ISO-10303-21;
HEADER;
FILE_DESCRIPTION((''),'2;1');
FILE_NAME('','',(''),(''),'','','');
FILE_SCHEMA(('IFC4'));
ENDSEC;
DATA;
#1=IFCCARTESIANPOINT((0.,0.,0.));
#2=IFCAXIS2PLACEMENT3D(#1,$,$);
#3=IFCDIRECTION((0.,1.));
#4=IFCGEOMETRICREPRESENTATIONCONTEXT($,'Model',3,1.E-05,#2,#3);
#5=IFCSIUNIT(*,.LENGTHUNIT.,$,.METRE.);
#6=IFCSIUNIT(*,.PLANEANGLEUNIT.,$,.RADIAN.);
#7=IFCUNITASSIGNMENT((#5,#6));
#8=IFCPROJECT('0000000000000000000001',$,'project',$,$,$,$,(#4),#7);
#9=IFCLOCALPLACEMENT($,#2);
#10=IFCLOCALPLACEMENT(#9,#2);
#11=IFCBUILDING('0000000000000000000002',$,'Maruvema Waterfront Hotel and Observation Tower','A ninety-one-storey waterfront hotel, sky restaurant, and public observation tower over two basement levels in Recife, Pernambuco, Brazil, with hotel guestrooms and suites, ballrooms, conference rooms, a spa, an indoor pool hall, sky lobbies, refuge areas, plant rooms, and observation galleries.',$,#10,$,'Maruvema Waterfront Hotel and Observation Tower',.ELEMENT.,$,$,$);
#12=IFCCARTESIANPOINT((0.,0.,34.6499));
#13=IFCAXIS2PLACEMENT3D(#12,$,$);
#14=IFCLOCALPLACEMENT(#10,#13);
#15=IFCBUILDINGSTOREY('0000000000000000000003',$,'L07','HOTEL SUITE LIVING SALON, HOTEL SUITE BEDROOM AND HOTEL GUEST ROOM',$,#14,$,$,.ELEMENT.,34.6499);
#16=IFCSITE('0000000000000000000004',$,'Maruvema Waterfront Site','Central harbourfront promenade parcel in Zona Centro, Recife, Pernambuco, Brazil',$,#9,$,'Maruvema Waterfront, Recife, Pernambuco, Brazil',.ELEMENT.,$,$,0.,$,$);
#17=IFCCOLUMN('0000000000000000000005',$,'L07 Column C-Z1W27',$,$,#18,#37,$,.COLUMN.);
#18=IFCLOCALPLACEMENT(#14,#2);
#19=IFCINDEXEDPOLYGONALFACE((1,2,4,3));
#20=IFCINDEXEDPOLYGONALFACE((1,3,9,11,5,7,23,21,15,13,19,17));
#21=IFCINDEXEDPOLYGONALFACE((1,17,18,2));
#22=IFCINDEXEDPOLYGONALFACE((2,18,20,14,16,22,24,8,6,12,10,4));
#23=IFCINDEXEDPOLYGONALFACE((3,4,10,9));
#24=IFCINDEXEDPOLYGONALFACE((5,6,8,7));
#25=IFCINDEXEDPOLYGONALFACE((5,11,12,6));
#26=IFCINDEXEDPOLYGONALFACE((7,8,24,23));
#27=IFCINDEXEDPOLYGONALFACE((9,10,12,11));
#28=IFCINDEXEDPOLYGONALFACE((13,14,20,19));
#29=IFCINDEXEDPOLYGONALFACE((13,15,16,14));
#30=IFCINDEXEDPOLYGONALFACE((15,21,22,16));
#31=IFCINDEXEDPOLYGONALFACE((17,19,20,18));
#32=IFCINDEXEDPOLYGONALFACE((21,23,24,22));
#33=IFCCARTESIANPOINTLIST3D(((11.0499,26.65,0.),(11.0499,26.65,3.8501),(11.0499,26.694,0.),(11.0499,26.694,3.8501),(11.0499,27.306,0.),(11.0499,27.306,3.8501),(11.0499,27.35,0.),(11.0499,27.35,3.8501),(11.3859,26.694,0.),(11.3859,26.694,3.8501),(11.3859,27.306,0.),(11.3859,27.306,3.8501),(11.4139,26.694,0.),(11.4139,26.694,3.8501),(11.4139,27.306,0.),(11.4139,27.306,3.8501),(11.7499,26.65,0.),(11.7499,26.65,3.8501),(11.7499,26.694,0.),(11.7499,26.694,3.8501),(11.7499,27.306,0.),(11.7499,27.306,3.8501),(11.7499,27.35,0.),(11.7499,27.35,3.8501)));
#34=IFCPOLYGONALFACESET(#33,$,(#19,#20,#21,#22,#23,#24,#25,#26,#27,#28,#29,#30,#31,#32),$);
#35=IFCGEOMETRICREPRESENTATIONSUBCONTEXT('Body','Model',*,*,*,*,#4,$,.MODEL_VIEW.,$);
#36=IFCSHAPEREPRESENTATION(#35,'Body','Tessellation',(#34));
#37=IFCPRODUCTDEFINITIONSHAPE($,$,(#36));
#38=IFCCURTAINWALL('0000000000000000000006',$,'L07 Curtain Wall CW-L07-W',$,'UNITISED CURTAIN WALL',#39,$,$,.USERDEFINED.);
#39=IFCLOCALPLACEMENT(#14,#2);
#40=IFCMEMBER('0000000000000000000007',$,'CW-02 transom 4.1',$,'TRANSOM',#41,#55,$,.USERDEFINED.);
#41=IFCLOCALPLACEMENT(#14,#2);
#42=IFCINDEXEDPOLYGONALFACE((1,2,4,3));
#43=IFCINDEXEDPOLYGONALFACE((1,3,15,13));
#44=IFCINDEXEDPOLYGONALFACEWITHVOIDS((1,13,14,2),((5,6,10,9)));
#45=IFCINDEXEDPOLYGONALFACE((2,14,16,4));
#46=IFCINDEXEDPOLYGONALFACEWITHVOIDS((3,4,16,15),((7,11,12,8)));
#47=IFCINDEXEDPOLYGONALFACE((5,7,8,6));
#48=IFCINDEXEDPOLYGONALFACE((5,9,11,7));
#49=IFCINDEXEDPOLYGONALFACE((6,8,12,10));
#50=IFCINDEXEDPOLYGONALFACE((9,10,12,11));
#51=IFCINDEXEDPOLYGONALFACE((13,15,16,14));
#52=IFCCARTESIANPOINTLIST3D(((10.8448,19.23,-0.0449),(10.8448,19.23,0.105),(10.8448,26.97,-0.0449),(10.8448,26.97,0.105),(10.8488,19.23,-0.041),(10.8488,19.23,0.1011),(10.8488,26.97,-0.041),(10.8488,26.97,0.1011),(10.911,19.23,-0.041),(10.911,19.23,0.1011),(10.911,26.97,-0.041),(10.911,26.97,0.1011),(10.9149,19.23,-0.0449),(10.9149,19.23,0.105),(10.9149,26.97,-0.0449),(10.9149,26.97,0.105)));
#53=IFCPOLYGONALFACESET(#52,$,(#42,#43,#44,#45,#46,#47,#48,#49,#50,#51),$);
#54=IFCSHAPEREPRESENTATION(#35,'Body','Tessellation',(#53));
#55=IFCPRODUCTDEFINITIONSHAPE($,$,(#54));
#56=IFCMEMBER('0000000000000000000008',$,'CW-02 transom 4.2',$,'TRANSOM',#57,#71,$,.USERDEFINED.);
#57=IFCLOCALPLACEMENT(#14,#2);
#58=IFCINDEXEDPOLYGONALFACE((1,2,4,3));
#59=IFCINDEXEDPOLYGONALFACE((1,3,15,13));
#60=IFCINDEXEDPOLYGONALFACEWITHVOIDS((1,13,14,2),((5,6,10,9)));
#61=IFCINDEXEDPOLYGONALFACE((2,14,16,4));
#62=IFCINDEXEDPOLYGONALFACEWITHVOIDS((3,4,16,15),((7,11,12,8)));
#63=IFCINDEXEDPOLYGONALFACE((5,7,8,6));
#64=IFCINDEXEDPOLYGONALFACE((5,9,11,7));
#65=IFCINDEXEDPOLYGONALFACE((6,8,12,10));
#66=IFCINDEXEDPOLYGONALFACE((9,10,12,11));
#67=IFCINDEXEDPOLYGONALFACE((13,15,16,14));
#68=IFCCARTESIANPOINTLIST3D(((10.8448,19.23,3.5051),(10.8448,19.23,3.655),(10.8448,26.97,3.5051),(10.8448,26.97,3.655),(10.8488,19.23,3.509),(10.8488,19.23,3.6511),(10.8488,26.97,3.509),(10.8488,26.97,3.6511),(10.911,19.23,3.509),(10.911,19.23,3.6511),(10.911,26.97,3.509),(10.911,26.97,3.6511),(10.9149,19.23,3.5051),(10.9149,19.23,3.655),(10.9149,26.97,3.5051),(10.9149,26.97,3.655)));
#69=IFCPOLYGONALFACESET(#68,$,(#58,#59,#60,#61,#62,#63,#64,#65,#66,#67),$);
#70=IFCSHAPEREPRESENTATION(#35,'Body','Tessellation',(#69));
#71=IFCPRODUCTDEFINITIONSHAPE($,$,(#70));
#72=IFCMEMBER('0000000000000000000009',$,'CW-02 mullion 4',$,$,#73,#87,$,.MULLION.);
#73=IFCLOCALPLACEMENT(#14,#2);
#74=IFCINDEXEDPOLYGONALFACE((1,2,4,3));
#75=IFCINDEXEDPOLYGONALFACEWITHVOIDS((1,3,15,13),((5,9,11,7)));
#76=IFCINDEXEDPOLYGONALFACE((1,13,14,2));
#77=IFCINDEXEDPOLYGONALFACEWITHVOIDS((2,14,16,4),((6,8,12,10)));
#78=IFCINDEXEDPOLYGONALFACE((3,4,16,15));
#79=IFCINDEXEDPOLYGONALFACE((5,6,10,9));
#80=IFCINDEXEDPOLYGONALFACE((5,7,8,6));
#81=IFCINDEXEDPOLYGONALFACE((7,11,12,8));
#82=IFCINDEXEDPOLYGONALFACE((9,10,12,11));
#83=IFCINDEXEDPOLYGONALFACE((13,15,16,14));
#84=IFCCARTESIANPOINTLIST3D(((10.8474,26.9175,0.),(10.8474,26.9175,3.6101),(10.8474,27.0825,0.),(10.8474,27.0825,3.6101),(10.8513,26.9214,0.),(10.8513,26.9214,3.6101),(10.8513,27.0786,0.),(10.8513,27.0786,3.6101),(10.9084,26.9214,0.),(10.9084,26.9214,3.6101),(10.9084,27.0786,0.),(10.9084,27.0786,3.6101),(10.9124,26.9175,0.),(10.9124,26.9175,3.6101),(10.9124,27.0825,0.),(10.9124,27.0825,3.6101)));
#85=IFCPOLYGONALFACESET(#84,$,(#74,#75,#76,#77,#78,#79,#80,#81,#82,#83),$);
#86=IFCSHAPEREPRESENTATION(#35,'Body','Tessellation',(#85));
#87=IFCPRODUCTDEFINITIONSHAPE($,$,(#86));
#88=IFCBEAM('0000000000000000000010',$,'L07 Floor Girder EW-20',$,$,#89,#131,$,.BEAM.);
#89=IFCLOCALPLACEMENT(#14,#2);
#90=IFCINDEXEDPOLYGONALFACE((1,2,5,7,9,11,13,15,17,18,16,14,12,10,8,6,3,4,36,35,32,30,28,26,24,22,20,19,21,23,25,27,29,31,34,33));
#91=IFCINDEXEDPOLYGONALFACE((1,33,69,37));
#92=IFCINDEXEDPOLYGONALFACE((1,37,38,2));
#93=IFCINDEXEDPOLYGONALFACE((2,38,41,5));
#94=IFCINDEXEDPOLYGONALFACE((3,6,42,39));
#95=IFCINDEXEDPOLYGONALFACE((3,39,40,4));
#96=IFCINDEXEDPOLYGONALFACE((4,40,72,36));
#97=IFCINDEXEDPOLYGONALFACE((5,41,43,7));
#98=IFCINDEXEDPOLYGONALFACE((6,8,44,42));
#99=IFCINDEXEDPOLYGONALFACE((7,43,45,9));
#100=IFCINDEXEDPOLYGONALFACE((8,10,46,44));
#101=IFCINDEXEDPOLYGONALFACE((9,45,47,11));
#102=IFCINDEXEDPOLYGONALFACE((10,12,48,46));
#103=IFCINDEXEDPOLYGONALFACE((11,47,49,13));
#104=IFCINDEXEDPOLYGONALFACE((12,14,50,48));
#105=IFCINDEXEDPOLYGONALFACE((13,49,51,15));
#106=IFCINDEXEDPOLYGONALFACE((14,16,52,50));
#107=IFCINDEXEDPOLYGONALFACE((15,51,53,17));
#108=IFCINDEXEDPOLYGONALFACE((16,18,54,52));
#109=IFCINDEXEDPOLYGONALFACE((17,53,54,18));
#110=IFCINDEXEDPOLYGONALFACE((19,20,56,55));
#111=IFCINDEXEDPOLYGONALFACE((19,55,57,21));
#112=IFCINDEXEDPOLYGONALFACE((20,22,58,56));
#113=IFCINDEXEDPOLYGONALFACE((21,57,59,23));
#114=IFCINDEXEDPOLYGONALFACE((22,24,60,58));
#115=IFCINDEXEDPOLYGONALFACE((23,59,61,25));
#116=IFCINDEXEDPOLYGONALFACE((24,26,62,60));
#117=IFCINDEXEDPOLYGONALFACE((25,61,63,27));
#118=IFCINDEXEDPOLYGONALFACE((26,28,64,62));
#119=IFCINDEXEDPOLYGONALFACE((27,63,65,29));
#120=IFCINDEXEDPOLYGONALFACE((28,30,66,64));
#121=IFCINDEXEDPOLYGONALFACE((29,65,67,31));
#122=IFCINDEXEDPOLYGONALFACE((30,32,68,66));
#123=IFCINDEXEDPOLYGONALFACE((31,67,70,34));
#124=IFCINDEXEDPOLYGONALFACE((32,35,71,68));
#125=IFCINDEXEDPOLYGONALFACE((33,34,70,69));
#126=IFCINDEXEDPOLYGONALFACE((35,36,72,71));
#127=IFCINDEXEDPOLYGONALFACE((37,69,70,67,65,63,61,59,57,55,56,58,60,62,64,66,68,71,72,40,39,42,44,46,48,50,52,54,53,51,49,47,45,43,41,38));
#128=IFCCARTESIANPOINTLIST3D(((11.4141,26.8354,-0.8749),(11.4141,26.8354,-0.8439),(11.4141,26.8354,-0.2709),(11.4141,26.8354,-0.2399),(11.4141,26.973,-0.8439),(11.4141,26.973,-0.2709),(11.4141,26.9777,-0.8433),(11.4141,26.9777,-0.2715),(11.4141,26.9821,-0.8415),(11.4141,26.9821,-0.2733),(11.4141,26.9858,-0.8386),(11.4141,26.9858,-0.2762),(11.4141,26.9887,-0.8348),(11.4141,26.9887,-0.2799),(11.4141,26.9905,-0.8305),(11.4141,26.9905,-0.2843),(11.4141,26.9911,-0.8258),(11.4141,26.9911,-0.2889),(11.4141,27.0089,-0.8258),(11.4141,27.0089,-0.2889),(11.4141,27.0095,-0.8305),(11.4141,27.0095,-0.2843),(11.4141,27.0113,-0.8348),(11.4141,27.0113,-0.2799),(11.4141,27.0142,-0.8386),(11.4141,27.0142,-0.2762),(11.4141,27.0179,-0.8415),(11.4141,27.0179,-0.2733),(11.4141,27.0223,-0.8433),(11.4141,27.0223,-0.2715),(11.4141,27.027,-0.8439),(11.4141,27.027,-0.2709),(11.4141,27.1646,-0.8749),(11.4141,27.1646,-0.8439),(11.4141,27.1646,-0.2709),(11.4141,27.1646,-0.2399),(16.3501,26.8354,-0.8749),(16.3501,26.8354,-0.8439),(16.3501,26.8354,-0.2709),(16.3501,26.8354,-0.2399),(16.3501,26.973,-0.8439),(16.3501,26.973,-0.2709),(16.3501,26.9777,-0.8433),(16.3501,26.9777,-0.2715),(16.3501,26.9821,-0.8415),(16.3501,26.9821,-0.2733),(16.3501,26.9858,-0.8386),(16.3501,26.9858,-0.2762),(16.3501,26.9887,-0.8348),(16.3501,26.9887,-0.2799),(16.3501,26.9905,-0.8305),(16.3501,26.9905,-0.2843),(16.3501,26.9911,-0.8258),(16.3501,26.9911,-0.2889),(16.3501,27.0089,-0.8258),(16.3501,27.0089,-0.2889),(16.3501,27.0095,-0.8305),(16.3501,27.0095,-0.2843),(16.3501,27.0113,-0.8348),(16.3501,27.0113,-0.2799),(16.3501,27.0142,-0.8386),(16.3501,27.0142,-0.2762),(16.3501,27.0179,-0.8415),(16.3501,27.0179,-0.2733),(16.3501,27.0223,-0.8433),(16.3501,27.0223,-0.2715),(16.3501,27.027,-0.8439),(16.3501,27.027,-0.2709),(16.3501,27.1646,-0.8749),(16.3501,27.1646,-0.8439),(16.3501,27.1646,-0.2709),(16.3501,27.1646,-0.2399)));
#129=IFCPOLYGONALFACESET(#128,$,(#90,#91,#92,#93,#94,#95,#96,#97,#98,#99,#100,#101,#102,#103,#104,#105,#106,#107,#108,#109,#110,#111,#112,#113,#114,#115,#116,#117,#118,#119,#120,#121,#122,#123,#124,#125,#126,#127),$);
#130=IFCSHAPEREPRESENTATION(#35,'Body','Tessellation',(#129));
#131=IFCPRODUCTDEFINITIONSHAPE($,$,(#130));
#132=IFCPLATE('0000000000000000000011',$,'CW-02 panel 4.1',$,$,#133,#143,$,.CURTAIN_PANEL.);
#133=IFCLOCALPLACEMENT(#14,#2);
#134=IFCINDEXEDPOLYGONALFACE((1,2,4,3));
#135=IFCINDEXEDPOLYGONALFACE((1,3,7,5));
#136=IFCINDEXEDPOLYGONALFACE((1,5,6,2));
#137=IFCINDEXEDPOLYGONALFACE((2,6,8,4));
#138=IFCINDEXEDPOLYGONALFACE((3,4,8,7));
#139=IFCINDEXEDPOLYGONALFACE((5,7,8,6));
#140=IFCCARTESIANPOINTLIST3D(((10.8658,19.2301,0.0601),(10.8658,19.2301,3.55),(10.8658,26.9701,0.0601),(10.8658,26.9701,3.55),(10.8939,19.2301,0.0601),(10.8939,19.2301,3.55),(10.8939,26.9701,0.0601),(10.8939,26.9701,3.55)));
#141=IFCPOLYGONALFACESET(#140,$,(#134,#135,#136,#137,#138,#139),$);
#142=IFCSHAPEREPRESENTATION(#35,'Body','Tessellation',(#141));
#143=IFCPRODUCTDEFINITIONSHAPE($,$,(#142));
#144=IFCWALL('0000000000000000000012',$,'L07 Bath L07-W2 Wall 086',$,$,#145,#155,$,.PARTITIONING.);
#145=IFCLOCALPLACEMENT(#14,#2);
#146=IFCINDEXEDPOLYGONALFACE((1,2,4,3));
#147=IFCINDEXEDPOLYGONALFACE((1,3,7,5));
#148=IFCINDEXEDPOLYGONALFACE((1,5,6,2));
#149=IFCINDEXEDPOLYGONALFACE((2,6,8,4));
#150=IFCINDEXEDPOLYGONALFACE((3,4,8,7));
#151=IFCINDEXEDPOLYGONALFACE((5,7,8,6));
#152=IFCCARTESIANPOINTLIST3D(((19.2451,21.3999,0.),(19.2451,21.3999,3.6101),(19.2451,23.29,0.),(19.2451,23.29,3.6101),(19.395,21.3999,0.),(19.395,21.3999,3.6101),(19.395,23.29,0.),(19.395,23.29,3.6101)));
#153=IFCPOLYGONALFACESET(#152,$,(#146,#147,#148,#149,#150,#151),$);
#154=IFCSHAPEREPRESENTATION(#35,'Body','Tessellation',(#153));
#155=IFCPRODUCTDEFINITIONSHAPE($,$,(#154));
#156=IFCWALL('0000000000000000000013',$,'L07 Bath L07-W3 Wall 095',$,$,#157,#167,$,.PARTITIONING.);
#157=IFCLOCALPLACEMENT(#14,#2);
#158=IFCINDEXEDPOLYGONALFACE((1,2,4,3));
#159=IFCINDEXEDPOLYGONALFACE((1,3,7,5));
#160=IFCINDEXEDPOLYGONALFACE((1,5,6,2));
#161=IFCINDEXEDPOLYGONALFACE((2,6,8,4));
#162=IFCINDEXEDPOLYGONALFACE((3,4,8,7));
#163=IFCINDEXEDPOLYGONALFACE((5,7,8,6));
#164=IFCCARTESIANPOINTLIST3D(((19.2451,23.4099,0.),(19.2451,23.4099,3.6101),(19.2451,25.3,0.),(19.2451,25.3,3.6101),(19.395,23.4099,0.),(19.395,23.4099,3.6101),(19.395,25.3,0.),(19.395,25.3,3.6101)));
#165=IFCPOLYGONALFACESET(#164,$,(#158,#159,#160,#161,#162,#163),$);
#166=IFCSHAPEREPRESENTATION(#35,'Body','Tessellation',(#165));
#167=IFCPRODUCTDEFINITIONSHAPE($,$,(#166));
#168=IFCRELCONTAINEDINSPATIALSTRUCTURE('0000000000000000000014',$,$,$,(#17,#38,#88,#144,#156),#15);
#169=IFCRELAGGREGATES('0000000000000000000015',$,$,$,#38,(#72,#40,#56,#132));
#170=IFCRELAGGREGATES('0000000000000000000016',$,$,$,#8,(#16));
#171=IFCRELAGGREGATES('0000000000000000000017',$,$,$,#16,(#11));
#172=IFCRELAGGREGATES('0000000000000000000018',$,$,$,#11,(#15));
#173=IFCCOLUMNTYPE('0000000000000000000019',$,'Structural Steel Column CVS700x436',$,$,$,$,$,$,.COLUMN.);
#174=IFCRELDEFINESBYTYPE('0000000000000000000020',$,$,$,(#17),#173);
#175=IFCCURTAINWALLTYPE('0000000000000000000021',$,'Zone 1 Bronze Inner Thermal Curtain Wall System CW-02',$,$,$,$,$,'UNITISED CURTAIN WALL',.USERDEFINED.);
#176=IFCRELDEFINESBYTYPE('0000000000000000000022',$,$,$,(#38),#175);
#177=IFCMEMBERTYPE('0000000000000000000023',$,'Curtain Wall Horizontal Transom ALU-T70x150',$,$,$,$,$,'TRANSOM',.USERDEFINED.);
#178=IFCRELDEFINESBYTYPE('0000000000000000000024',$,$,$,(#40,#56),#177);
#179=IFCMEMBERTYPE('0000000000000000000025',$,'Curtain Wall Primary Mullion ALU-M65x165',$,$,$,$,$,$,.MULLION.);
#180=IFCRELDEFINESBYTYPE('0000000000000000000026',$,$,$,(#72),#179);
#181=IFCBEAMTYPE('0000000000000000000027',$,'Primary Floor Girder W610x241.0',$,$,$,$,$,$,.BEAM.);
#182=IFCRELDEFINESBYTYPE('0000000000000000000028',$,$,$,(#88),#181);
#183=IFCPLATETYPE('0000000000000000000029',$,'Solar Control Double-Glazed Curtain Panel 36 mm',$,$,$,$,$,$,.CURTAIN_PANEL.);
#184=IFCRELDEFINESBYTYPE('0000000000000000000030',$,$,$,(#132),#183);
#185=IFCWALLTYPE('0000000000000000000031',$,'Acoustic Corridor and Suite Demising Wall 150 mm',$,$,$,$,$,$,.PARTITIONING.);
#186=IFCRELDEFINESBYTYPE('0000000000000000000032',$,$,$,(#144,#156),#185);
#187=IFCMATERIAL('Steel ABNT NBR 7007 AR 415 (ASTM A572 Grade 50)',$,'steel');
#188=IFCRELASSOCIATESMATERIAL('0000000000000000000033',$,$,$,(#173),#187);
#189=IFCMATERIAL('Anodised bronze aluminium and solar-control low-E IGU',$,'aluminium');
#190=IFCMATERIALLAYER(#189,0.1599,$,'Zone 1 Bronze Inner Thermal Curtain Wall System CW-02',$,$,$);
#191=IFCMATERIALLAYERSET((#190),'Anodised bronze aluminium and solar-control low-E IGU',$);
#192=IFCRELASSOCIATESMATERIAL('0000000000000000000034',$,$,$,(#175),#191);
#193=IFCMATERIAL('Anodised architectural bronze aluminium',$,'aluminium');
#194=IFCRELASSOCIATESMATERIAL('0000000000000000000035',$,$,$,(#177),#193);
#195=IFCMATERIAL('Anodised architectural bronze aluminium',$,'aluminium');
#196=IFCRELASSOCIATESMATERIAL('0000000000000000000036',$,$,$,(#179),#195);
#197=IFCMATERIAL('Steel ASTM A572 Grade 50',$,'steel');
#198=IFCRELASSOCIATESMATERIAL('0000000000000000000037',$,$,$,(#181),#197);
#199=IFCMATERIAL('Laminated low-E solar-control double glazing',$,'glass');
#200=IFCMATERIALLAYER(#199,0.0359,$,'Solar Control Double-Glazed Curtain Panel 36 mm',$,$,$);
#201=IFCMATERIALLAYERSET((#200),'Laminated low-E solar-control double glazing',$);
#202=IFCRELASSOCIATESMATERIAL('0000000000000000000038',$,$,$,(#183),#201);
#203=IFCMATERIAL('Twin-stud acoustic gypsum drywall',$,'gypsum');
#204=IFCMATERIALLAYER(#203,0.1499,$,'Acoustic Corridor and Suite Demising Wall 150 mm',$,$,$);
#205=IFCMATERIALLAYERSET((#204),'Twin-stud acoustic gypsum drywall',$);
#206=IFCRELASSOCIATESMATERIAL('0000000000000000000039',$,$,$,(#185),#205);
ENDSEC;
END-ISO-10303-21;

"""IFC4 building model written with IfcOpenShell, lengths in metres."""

from ifc_helpers import new_model, si_unit, direction, frame, frame_2d, origin, origin_2d, place, context, subcontext, project, spatial, rectangle, hollow_rectangle, i_section, extrude, material, layer, layer_set, material_profile, profile_set, type_object, element, aggregate, save


model = new_model("IFC4")

# Units and contexts
model_context = context("Model", 3, precision=1e-05, world=origin(), true_north=direction((0.0, 1.0)))
body_context = subcontext(model_context, "Body", "Model", "MODEL_VIEW")
ifc_project = project(units=[si_unit("LENGTHUNIT", "METRE"), si_unit("PLANEANGLEUNIT", "RADIAN")], contexts=[model_context])

# Site, building, storey
site_placement = place(None, origin())
site = spatial("IfcSite", under=ifc_project, at=site_placement, Name="Maruvema Waterfront Site", Description="Central harbourfront promenade parcel in Zona Centro, Recife, Pernambuco, Brazil", LongName="Maruvema Waterfront, Recife, Pernambuco, Brazil", CompositionType="ELEMENT", RefElevation=0.0)
building_placement = place(site_placement, origin())
building = spatial("IfcBuilding", under=site, at=building_placement, Name="Maruvema Waterfront Hotel and Observation Tower", Description="A ninety-one-storey waterfront hotel, sky restaurant, and public observation tower over two basement levels in Recife, Pernambuco, Brazil, with hotel guestrooms and suites, ballrooms, conference rooms, a spa, an indoor pool hall, sky lobbies, refuge areas, plant rooms, and observation galleries.", LongName="Maruvema Waterfront Hotel and Observation Tower", CompositionType="ELEMENT")
storey_placement = place(building_placement, frame((0.0, 0.0, 34.6499)))
storey = spatial("IfcBuildingStorey", under=building, at=storey_placement, Name="L07", Description="HOTEL SUITE LIVING SALON, HOTEL SUITE BEDROOM AND HOTEL GUEST ROOM", CompositionType="ELEMENT", Elevation=34.6499)

# Column
ifc_material_1 = material(Name="Steel ABNT NBR 7007 AR 415 (ASTM A572 Grade 50)", Category="steel")
ifc_material_profile_1 = material_profile(ifc_material_1, i_section(OverallWidth=0.7, OverallDepth=0.7, WebThickness=0.0281, FlangeThickness=0.0439, at=origin_2d()), Name="CVS700x436")
ifc_profile_set_1 = profile_set([ifc_material_profile_1], Name="Steel ABNT NBR 7007 AR 415 (ASTM A572 Grade 50)")
column_type = type_object("IfcColumnType", Name="Structural Steel Column CVS700x436", PredefinedType="COLUMN", material=ifc_profile_set_1)
column_placement = place(storey_placement, frame((11.3999, 27.0, 0.0), z_axis=(0.0, 0.0, 1.0), x_axis=(1.0, 0.0, 0.0)))
element("IfcColumn", 1, at=column_placement, inside=storey, type_object=column_type, Name="L07 Column C-Z1W27", PredefinedType="COLUMN", context=body_context, shape_type="SweptSolid", body=[
    extrude(i_section(OverallWidth=0.7, OverallDepth=0.7, WebThickness=0.0281, FlangeThickness=0.0439, at=origin_2d()), origin(), (0.0, 0.0, 1.0), 3.8501),
])

# Curtain wall, members
ifc_material_2 = material(Name="Anodised bronze aluminium and solar-control low-E IGU", Category="aluminium")
ifc_layer_1 = layer(ifc_material_2, 0.1599, Name="Zone 1 Bronze Inner Thermal Curtain Wall System CW-02")
ifc_layer_set_1 = layer_set([ifc_layer_1], Name="Anodised bronze aluminium and solar-control low-E IGU")
curtain_wall_type = type_object("IfcCurtainWallType", Name="Zone 1 Bronze Inner Thermal Curtain Wall System CW-02", ElementType="UNITISED CURTAIN WALL", PredefinedType="USERDEFINED", material=ifc_layer_set_1)
curtain_wall_placement = place(storey_placement, origin())
curtain_wall = element("IfcCurtainWall", 2, at=curtain_wall_placement, inside=storey, type_object=curtain_wall_type, Name="L07 Curtain Wall CW-L07-W", ObjectType="UNITISED CURTAIN WALL", PredefinedType="USERDEFINED")
ifc_material_3 = material(Name="Anodised architectural bronze aluminium", Category="aluminium")
ifc_material_profile_2 = material_profile(ifc_material_3, hollow_rectangle(XDim=0.0701, YDim=0.1499, WallThickness=0.0039, at=origin_2d()), Name="ALU-T70x150")
ifc_profile_set_2 = profile_set([ifc_material_profile_2], Name="Anodised architectural bronze aluminium")
member_type_1 = type_object("IfcMemberType", Name="Curtain Wall Horizontal Transom ALU-T70x150", ElementType="TRANSOM", PredefinedType="USERDEFINED", material=ifc_profile_set_2)
member_1_placement = place(storey_placement, frame((10.8799, 26.97, 0.03), z_axis=(0.0, -1.0, 0.0), x_axis=(1.0, 0.0, 0.0)))
member_1 = element("IfcMember", 3, at=member_1_placement, type_object=member_type_1, Name="CW-02 transom 4.1", ObjectType="TRANSOM", PredefinedType="USERDEFINED", context=body_context, shape_type="SweptSolid", body=[
    extrude(hollow_rectangle(XDim=0.0701, YDim=0.1499, WallThickness=0.0039, at=origin_2d()), origin(), (0.0, 0.0, 1.0), 7.74),
])
member_2_placement = place(storey_placement, frame((10.8799, 26.97, 3.5801), z_axis=(0.0, -1.0, 0.0), x_axis=(1.0, 0.0, 0.0)))
member_2 = element("IfcMember", 4, at=member_2_placement, type_object=member_type_1, Name="CW-02 transom 4.2", ObjectType="TRANSOM", PredefinedType="USERDEFINED", context=body_context, shape_type="SweptSolid", body=[
    extrude(hollow_rectangle(XDim=0.0701, YDim=0.1499, WallThickness=0.0039, at=origin_2d()), origin(), (0.0, 0.0, 1.0), 7.74),
])
ifc_material_4 = material(Name="Anodised architectural bronze aluminium", Category="aluminium")
ifc_material_profile_3 = material_profile(ifc_material_4, hollow_rectangle(XDim=0.0649, YDim=0.165, WallThickness=0.0039, at=origin_2d()), Name="ALU-M65x165")
ifc_profile_set_3 = profile_set([ifc_material_profile_3], Name="Anodised architectural bronze aluminium")
member_type_2 = type_object("IfcMemberType", Name="Curtain Wall Primary Mullion ALU-M65x165", PredefinedType="MULLION", material=ifc_profile_set_3)
member_3_placement = place(storey_placement, frame((10.8799, 27.0, 0.0), z_axis=(0.0, 0.0, 1.0), x_axis=(1.0, 0.0, 0.0)))
member_3 = element("IfcMember", 5, at=member_3_placement, type_object=member_type_2, Name="CW-02 mullion 4", PredefinedType="MULLION", context=body_context, shape_type="SweptSolid", body=[
    extrude(hollow_rectangle(XDim=0.0649, YDim=0.165, WallThickness=0.0039, at=origin_2d()), origin(), (0.0, 0.0, 1.0), 3.6101),
])

# Beam
ifc_material_5 = material(Name="Steel ASTM A572 Grade 50", Category="steel")
ifc_material_profile_4 = material_profile(ifc_material_5, i_section(OverallWidth=0.3291, OverallDepth=0.635, WebThickness=0.0178, FlangeThickness=0.031, FilletRadius=0.0181, at=origin_2d()), Name="W610x241.0")
ifc_profile_set_4 = profile_set([ifc_material_profile_4], Name="Steel ASTM A572 Grade 50")
beam_type = type_object("IfcBeamType", Name="Primary Floor Girder W610x241.0", PredefinedType="BEAM", material=ifc_profile_set_4)
beam_placement = place(storey_placement, frame((11.4141, 27.0, -0.5574), z_axis=(1.0, 0.0, 0.0), x_axis=(0.0, 1.0, 0.0)))
element("IfcBeam", 6, at=beam_placement, inside=storey, type_object=beam_type, Name="L07 Floor Girder EW-20", PredefinedType="BEAM", context=body_context, shape_type="SweptSolid", body=[
    extrude(i_section(OverallWidth=0.3291, OverallDepth=0.635, WebThickness=0.0178, FlangeThickness=0.031, FilletRadius=0.0181, at=origin_2d()), origin(), (0.0, 0.0, 1.0), 4.936),
])

# Plate
ifc_material_6 = material(Name="Laminated low-E solar-control double glazing", Category="glass")
ifc_layer_2 = layer(ifc_material_6, 0.0359, Name="Solar Control Double-Glazed Curtain Panel 36 mm")
ifc_layer_set_2 = layer_set([ifc_layer_2], Name="Laminated low-E solar-control double glazing")
plate_type = type_object("IfcPlateType", Name="Solar Control Double-Glazed Curtain Panel 36 mm", PredefinedType="CURTAIN_PANEL", material=ifc_layer_set_2)
plate_placement = place(storey_placement, frame((10.8799, 23.1001, 0.0601), z_axis=(0.0, 0.0, 1.0), x_axis=(0.0, -1.0, 0.0)))
plate = element("IfcPlate", 7, at=plate_placement, type_object=plate_type, Name="CW-02 panel 4.1", PredefinedType="CURTAIN_PANEL", context=body_context, shape_type="SweptSolid", body=[
    extrude(rectangle(XDim=7.74, YDim=0.0281, at=origin_2d()), origin(), (0.0, 0.0, 1.0), 3.49),
])
aggregate(curtain_wall, [member_3, member_1, member_2, plate])

# Walls
ifc_material_7 = material(Name="Twin-stud acoustic gypsum drywall", Category="gypsum")
ifc_layer_3 = layer(ifc_material_7, 0.1499, Name="Acoustic Corridor and Suite Demising Wall 150 mm")
ifc_layer_set_3 = layer_set([ifc_layer_3], Name="Twin-stud acoustic gypsum drywall")
wall_type_1 = type_object("IfcWallType", Name="Acoustic Corridor and Suite Demising Wall 150 mm", PredefinedType="PARTITIONING", material=ifc_layer_set_3)
for number, where, z_axis, x_axis, name in (
    (8, (19.3201, 21.3999, 0.0), (0.0, 0.0, 1.0), (0.0, 1.0, 0.0), "L07 Bath L07-W2 Wall 086"),
    (9, (19.3201, 23.4099, 0.0), (0.0, 0.0, 1.0), (0.0, 1.0, 0.0), "L07 Bath L07-W3 Wall 095"),
):
    element("IfcWall", number, at=place(storey_placement, frame(where, z_axis=z_axis, x_axis=x_axis)), inside=storey, type_object=wall_type_1, Name=name, PredefinedType="PARTITIONING", context=body_context, shape_type="SweptSolid", body=[
        extrude(rectangle(XDim=1.8901, YDim=0.1499, at=frame_2d((0.9451, 0.0))), origin(), (0.0, 0.0, 1.0), 3.6101),
    ])

save(model, "model.ifc")
